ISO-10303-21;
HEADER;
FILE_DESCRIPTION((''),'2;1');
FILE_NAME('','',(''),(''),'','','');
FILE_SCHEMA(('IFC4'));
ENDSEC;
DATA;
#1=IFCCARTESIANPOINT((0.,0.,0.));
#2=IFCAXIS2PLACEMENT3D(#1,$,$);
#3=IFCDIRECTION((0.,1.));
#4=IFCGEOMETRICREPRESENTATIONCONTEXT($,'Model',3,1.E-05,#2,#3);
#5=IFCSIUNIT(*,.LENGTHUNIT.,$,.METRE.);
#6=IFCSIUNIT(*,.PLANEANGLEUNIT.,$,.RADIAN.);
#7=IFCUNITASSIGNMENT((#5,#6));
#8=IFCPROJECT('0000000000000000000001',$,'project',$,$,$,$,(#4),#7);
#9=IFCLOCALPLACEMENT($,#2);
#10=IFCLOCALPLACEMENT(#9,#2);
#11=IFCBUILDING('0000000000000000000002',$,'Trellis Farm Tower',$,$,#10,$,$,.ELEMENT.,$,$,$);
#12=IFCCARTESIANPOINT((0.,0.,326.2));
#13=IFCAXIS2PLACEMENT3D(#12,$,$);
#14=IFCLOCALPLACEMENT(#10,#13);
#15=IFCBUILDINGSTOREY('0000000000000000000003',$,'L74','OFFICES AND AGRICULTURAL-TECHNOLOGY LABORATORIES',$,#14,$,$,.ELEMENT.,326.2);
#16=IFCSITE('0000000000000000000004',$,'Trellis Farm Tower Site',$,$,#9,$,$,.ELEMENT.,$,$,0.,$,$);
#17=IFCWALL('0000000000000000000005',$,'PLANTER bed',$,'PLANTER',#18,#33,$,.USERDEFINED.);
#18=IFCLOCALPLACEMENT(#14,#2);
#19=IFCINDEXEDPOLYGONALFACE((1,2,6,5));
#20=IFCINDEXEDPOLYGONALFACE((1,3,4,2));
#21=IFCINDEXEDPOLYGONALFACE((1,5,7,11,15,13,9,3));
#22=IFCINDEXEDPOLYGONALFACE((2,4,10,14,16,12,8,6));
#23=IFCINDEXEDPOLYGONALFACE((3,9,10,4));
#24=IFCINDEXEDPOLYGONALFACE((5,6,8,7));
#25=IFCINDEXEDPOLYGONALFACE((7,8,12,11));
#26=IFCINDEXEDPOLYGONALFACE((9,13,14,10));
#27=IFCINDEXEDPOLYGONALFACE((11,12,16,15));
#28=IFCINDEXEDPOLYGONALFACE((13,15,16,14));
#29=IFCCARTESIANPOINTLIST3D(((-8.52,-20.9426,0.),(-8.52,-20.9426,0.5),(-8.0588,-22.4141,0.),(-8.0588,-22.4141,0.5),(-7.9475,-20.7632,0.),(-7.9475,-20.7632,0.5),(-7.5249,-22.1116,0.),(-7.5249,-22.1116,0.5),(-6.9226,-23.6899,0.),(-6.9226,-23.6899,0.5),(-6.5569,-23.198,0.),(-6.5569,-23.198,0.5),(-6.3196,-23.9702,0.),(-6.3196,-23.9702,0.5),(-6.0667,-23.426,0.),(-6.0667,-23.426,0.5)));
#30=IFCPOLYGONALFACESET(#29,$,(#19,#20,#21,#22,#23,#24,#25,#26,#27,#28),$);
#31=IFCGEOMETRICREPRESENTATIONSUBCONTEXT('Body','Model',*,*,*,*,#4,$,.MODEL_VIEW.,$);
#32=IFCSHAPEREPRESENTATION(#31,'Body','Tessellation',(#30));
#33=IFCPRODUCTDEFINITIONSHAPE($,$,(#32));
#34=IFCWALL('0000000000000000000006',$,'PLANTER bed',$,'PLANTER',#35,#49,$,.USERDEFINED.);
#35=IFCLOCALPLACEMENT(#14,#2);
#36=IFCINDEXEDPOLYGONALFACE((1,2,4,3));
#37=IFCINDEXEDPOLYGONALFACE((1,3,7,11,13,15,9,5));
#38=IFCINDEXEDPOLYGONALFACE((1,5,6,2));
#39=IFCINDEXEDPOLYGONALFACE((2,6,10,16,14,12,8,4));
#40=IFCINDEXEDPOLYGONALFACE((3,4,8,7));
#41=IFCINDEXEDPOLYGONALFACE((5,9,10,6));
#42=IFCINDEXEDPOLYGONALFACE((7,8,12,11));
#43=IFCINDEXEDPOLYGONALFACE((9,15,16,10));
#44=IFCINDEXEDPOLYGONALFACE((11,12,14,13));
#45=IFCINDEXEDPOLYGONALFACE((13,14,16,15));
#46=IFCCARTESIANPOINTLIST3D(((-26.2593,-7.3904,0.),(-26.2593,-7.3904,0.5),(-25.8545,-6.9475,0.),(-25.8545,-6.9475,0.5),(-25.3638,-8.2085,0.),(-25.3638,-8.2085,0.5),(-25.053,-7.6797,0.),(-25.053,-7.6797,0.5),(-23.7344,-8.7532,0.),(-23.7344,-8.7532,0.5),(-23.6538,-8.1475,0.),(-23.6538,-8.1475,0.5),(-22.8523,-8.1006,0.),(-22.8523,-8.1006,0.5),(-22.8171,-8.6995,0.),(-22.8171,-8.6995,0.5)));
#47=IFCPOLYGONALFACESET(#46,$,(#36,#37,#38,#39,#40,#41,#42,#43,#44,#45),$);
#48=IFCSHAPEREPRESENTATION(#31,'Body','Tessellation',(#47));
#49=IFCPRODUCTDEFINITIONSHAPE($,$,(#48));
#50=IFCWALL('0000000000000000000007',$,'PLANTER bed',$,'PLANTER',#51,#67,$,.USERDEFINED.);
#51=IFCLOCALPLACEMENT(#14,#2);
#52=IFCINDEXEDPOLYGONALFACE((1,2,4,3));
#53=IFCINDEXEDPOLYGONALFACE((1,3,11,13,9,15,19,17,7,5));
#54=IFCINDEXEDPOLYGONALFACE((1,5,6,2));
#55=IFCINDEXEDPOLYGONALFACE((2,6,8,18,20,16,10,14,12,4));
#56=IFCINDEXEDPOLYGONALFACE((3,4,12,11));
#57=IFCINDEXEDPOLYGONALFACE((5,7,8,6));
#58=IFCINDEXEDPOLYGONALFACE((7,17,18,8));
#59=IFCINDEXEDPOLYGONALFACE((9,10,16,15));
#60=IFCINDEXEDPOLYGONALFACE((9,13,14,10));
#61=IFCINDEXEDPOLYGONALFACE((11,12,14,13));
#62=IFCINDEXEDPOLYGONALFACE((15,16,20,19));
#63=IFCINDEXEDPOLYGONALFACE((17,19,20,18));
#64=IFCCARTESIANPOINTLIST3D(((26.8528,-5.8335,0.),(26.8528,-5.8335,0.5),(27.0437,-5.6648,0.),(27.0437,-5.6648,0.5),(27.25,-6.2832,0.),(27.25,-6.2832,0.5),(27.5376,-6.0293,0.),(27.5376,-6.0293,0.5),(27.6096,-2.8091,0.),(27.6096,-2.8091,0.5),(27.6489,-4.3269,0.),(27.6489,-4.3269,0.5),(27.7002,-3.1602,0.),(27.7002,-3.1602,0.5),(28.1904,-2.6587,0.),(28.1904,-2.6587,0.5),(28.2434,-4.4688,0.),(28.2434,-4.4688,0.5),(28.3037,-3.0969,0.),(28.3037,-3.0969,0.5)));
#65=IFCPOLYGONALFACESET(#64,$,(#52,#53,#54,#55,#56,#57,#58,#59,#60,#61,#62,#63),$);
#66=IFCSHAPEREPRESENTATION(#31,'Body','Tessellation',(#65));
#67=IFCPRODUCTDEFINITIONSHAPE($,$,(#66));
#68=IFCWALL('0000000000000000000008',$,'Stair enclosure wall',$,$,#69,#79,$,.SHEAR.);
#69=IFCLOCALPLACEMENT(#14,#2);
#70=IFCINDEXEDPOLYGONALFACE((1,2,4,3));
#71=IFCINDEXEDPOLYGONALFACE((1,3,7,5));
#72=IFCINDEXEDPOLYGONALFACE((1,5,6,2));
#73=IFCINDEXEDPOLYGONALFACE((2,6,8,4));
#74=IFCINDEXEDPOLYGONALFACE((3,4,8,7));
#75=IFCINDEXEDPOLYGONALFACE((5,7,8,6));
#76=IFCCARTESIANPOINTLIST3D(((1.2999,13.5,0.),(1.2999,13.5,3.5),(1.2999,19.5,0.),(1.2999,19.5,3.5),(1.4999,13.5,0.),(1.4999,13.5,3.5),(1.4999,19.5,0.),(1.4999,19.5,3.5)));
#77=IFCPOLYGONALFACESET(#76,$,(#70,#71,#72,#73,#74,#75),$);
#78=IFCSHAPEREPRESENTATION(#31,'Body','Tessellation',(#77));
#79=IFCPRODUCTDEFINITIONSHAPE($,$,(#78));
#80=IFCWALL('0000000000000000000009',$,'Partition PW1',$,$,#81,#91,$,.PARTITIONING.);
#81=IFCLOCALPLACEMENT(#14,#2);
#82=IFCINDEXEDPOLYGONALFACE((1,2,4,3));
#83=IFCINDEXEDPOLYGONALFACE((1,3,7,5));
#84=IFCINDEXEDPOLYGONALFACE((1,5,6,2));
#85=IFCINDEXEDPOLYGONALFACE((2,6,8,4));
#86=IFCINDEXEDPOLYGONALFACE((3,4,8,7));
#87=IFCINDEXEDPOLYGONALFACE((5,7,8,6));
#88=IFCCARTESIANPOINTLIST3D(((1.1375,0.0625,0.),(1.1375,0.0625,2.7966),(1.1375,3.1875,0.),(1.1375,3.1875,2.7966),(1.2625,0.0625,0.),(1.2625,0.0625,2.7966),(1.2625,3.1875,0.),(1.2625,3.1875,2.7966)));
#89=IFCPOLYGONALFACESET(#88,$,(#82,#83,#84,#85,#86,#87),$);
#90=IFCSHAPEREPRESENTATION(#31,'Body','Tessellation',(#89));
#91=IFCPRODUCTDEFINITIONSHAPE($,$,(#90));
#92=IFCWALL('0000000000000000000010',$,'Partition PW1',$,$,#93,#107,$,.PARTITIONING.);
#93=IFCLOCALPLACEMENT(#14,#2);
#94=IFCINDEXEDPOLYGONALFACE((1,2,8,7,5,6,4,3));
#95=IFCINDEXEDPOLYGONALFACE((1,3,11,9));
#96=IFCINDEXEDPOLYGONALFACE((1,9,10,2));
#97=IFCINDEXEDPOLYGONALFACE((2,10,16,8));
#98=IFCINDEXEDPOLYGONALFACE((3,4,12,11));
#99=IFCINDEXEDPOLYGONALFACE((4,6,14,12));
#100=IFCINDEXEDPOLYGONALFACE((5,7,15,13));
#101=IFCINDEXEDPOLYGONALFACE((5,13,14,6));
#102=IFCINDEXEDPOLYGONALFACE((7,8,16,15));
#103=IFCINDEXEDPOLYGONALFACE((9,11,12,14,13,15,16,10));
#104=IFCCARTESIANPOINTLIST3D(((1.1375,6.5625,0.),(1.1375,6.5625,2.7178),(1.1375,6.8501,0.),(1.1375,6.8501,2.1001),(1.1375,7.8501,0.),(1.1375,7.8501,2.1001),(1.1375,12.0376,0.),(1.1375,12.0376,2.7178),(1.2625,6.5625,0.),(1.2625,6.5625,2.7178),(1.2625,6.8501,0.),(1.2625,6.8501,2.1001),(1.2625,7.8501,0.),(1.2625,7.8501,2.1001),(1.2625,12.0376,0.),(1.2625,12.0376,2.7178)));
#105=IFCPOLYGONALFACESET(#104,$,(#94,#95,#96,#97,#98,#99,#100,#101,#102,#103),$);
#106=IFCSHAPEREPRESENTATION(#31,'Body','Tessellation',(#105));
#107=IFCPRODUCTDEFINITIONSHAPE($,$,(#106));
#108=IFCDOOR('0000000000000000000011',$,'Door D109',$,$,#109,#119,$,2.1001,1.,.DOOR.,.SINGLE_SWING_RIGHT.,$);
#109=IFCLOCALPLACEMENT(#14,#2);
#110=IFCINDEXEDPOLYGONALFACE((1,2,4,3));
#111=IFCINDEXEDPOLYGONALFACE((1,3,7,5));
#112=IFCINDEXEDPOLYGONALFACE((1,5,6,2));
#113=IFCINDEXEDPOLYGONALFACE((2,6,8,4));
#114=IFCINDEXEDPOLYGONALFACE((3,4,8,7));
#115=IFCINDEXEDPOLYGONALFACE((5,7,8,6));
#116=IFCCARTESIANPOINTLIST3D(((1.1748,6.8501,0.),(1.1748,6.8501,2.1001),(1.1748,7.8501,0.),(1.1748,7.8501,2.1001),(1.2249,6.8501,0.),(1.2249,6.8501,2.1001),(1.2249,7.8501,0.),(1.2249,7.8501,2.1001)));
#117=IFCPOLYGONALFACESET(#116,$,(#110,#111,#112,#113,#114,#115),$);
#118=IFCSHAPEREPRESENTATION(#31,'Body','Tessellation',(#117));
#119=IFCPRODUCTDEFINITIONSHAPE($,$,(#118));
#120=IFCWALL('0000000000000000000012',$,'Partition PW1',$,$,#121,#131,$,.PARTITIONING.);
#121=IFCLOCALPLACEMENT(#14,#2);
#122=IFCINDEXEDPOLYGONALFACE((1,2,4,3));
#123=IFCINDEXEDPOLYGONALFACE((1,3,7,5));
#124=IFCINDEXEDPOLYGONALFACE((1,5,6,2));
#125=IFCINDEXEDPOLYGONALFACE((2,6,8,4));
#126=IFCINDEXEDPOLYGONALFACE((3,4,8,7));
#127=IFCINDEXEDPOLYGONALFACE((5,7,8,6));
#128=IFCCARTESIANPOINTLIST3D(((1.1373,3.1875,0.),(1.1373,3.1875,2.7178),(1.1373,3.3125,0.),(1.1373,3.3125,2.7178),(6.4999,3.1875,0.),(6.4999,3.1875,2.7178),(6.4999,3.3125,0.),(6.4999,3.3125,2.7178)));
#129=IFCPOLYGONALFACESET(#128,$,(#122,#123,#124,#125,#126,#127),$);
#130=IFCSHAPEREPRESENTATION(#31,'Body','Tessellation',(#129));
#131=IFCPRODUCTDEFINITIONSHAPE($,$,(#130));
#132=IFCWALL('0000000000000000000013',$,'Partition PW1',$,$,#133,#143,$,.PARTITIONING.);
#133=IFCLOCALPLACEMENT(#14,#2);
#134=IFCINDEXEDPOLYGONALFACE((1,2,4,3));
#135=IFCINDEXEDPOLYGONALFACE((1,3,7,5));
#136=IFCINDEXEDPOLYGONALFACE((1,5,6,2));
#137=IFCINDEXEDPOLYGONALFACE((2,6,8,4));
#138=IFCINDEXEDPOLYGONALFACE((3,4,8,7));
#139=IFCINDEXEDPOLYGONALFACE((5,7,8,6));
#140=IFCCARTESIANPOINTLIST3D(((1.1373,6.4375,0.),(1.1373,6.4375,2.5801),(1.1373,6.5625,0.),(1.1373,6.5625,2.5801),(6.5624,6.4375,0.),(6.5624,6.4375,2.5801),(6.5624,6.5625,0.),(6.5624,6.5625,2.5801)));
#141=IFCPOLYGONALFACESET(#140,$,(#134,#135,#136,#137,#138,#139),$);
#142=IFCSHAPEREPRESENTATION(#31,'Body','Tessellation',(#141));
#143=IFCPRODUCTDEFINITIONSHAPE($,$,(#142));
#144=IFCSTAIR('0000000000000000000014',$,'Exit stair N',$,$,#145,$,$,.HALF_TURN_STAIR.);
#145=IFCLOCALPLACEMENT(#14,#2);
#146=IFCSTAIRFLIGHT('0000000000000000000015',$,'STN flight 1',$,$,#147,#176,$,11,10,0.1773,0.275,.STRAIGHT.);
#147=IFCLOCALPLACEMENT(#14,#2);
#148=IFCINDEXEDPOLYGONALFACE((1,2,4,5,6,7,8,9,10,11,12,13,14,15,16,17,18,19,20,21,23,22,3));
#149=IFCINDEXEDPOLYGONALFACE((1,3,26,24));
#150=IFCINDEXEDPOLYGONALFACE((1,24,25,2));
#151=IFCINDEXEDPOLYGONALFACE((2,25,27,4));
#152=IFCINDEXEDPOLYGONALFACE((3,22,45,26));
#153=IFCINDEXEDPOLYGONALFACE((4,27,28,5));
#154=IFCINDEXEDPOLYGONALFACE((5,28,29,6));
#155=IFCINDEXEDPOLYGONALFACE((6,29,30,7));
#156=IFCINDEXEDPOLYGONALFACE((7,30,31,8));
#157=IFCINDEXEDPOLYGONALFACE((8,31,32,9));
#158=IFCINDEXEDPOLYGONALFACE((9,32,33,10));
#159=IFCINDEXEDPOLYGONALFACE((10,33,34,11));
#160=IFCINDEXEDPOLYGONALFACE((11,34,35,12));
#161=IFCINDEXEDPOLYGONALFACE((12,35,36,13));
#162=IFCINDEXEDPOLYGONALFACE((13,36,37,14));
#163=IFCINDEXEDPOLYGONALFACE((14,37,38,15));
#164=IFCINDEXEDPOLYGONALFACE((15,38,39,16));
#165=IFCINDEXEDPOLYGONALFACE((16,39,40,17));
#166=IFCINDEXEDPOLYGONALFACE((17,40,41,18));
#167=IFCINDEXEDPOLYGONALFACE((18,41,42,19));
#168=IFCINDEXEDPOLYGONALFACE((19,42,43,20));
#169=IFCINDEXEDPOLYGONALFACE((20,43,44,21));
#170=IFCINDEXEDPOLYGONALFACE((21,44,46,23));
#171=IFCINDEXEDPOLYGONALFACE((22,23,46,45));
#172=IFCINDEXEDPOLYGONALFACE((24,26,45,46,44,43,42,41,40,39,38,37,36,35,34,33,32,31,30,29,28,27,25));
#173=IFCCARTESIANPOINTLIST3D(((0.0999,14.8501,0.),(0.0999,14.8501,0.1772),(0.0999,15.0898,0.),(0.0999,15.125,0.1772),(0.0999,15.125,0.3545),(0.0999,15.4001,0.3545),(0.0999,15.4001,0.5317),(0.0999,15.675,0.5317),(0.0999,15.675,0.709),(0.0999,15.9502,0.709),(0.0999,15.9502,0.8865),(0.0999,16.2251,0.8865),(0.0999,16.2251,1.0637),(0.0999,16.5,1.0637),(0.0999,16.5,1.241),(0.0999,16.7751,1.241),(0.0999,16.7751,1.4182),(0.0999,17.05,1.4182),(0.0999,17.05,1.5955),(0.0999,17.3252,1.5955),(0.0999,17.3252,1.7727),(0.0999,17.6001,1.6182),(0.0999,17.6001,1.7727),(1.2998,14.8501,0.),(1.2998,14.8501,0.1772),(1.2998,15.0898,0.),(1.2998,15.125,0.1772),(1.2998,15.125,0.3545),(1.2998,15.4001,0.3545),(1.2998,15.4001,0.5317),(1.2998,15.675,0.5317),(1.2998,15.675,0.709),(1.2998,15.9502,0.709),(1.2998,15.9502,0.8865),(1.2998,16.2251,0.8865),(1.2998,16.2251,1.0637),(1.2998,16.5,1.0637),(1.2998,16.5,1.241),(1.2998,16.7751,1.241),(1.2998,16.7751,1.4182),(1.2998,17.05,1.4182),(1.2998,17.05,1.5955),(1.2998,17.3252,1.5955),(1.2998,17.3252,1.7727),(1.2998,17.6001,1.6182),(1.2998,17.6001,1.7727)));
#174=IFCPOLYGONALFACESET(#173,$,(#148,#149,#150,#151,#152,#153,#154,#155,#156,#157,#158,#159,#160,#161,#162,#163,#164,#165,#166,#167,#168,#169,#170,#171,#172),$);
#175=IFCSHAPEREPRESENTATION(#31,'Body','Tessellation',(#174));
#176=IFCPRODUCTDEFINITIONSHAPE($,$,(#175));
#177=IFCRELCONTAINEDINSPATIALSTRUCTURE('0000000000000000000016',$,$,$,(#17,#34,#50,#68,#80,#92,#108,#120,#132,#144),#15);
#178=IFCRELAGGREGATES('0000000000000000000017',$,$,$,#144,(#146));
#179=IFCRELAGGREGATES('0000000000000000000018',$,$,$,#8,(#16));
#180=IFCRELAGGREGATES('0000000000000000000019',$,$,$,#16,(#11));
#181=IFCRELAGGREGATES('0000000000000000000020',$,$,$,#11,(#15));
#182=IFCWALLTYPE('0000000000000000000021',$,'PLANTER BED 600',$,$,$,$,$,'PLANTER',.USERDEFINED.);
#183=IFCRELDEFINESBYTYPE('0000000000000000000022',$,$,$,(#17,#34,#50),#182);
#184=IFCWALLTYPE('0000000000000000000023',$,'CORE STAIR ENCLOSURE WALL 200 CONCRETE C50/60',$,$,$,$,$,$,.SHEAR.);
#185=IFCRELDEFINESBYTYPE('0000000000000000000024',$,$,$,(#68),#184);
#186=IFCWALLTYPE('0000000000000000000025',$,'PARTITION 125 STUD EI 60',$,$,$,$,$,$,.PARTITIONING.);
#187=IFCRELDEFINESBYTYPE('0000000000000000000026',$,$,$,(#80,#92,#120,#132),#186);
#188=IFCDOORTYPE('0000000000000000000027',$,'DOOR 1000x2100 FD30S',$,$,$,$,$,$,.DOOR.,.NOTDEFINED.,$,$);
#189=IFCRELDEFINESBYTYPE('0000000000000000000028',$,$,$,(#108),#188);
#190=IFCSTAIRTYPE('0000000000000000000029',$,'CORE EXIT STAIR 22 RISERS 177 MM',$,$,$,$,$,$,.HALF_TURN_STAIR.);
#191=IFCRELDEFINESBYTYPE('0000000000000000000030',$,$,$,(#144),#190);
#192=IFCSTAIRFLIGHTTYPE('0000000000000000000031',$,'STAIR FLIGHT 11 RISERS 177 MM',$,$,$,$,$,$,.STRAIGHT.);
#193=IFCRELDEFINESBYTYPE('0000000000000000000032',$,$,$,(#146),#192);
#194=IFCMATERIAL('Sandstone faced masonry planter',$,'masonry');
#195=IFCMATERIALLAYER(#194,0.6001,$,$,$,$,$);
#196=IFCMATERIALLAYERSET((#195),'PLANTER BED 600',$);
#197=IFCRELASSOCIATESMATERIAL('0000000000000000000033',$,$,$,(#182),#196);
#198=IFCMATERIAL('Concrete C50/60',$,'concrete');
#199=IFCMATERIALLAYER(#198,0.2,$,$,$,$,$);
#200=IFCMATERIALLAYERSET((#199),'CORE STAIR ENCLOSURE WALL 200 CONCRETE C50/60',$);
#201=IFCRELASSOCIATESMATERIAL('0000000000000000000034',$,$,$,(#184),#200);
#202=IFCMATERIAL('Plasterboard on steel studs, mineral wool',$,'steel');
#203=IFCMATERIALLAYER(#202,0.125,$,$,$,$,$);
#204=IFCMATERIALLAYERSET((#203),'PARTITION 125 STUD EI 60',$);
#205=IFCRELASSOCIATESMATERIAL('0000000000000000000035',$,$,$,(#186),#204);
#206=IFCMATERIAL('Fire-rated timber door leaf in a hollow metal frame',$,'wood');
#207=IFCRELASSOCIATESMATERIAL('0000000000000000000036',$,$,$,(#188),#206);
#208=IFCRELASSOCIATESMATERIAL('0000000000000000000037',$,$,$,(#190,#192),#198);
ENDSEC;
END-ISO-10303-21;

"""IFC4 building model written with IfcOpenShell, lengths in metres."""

from ifc_helpers import new_model, si_unit, direction, frame, frame_2d, origin, place, context, subcontext, project, spatial, polyline, rectangle, outline, extrude, source, transform, mapped, material, layer, layer_set, type_object, element, fill, aggregate, save


model = new_model("IFC4")

# Units and contexts
model_context = context("Model", 3, precision=1e-05, world=origin(), true_north=direction((0.0, 1.0)))
body_context = subcontext(model_context, "Body", "Model", "MODEL_VIEW")
ifc_project = project(units=[si_unit("LENGTHUNIT", "METRE"), si_unit("PLANEANGLEUNIT", "RADIAN")], contexts=[model_context])

# Site, building, storey
site_placement = place(None, origin())
site = spatial("IfcSite", under=ifc_project, at=site_placement, Name="Trellis Farm Tower Site", CompositionType="ELEMENT", RefElevation=0.0)
building_placement = place(site_placement, origin())
building = spatial("IfcBuilding", under=site, at=building_placement, Name="Trellis Farm Tower", CompositionType="ELEMENT")
storey_placement = place(building_placement, frame((0.0, 0.0, 326.2)))
storey = spatial("IfcBuildingStorey", under=building, at=storey_placement, Name="L74", Description="OFFICES AND AGRICULTURAL-TECHNOLOGY LABORATORIES", CompositionType="ELEMENT", Elevation=326.2)

# Shared definitions
placement_1 = place(storey_placement, origin())

# Walls
ifc_material_1 = material(Name="Sandstone faced masonry planter", Category="masonry")
ifc_layer_1 = layer(ifc_material_1, 0.6001)
ifc_layer_set_1 = layer_set([ifc_layer_1], Name="PLANTER BED 600")
wall_type_1 = type_object("IfcWallType", Name="PLANTER BED 600", ElementType="PLANTER", PredefinedType="USERDEFINED", material=ifc_layer_set_1)
element("IfcWall", 1, at=placement_1, inside=storey, type_object=wall_type_1, Name="PLANTER bed", ObjectType="PLANTER", PredefinedType="USERDEFINED", context=body_context, shape_type="SweptSolid", body=[
    extrude(outline(polyline([(-6.9226, -23.6899), (-8.0588, -22.4141), (-8.52, -20.9426), (-7.9475, -20.7632), (-7.5249, -22.1116), (-6.5569, -23.198), (-6.0667, -23.426), (-6.3196, -23.9702), (-6.9226, -23.6899)])), origin(), (0.0, 0.0, 1.0), 0.5),
])
element("IfcWall", 2, at=placement_1, inside=storey, type_object=wall_type_1, Name="PLANTER bed", ObjectType="PLANTER", PredefinedType="USERDEFINED", context=body_context, shape_type="SweptSolid", body=[
    extrude(outline(polyline([(-25.3638, -8.2085), (-26.2593, -7.3904), (-25.8545, -6.9475), (-25.053, -7.6797), (-23.6538, -8.1475), (-22.8523, -8.1006), (-22.8171, -8.6995), (-23.7344, -8.7532), (-25.3638, -8.2085)])), origin(), (0.0, 0.0, 1.0), 0.5),
])
element("IfcWall", 3, at=placement_1, inside=storey, type_object=wall_type_1, Name="PLANTER bed", ObjectType="PLANTER", PredefinedType="USERDEFINED", context=body_context, shape_type="SweptSolid", body=[
    extrude(outline(polyline([(28.2434, -4.4688), (27.5376, -6.0293), (27.25, -6.2832), (26.8528, -5.8335), (27.0437, -5.6648), (27.6489, -4.3269), (27.7002, -3.1602), (27.6096, -2.8091), (28.1904, -2.6587), (28.3037, -3.0969), (28.2434, -4.4688)])), origin(), (0.0, 0.0, 1.0), 0.5),
])
ifc_material_2 = material(Name="Concrete C50/60", Category="concrete")
ifc_layer_2 = layer(ifc_material_2, 0.2)
ifc_layer_set_2 = layer_set([ifc_layer_2], Name="CORE STAIR ENCLOSURE WALL 200 CONCRETE C50/60")
wall_type_2 = type_object("IfcWallType", Name="CORE STAIR ENCLOSURE WALL 200 CONCRETE C50/60", PredefinedType="SHEAR", material=ifc_layer_set_2)
shared_shape_1 = source(origin(), body_context, "Body", "SweptSolid", [
    extrude(rectangle(XDim=6.0, YDim=0.2, at=frame_2d((3.0, 0.0))), origin(), (0.0, 0.0, 1.0), 3.5),
])
wall_1_placement = place(storey_placement, frame((1.3999, 13.5, 0.0), z_axis=(0.0, 0.0, 1.0), x_axis=(0.0, 1.0, 0.0)))
element("IfcWall", 4, at=wall_1_placement, inside=storey, type_object=wall_type_2, Name="Stair enclosure wall", PredefinedType="SHEAR", context=body_context, shape_type="MappedRepresentation", body=[
    mapped(shared_shape_1, transform((0.0, 0.0, 0.0))),
])
ifc_material_3 = material(Name="Plasterboard on steel studs, mineral wool", Category="steel")
ifc_layer_3 = layer(ifc_material_3, 0.125)
ifc_layer_set_3 = layer_set([ifc_layer_3], Name="PARTITION 125 STUD EI 60")
wall_type_3 = type_object("IfcWallType", Name="PARTITION 125 STUD EI 60", PredefinedType="PARTITIONING", material=ifc_layer_set_3)
shared_shape_2 = source(origin(), body_context, "Body", "SweptSolid", [
    extrude(rectangle(XDim=3.125, YDim=0.125, at=frame_2d((1.5625, 0.0))), origin(), (0.0, 0.0, 1.0), 2.7966),
])
wall_2_placement = place(storey_placement, frame((1.2, 3.1875, 0.0), z_axis=(0.0, 0.0, 1.0), x_axis=(0.0, -1.0, 0.0)))
element("IfcWall", 5, at=wall_2_placement, inside=storey, type_object=wall_type_3, Name="Partition PW1", PredefinedType="PARTITIONING", context=body_context, shape_type="MappedRepresentation", body=[
    mapped(shared_shape_2, transform((0.0, 0.0, 0.0))),
])

# Wall, opening, door
shared_shape_3 = source(origin(), body_context, "Body", "SweptSolid", [
    extrude(rectangle(XDim=5.4751, YDim=0.125, at=frame_2d((2.7375, 0.0))), origin(), (0.0, 0.0, 1.0), 2.7178),
])
wall_3_placement = place(storey_placement, frame((1.2, 12.0376, 0.0), z_axis=(0.0, 0.0, 1.0), x_axis=(0.0, -1.0, 0.0)))
wall_3 = element("IfcWall", 6, at=wall_3_placement, inside=storey, type_object=wall_type_3, Name="Partition PW1", PredefinedType="PARTITIONING", context=body_context, shape_type="MappedRepresentation", body=[
    mapped(shared_shape_3, transform((0.0, 0.0, 0.0))),
])
shared_shape_4 = source(origin(), body_context, "Body", "SweptSolid", [
    extrude(rectangle(XDim=1.0, YDim=2.1001, at=frame_2d((0.5, 1.05))), frame((0.0, 0.0725, 0.0), z_axis=(0.0, -1.0, 0.0), x_axis=(1.0, 0.0, 0.0)), (0.0, 0.0, 1.0), 0.145),
])
opening_placement = place(wall_3_placement, frame((4.1875, 0.0, 0.0)))
opening = element("IfcOpeningElement", 7, at=opening_placement, cuts=wall_3, PredefinedType="OPENING", context=body_context, shape_type="MappedRepresentation", body=[
    mapped(shared_shape_4, transform((0.0, 0.0, 0.0))),
])
ifc_material_4 = material(Name="Fire-rated timber door leaf in a hollow metal frame", Category="wood")
door_type = type_object("IfcDoorType", Name="DOOR 1000x2100 FD30S", OperationType="NOTDEFINED", PredefinedType="DOOR", material=ifc_material_4)
shared_shape_5 = source(origin(), body_context, "Body", "SweptSolid", [
    extrude(rectangle(XDim=1.0, YDim=2.1001, at=frame_2d((0.5, 1.05))), frame((0.0, 0.0249, 0.0), z_axis=(0.0, -1.0, 0.0), x_axis=(1.0, 0.0, 0.0)), (0.0, 0.0, 1.0), 0.05),
])
door_placement = place(opening_placement, origin())
door = element("IfcDoor", 8, at=door_placement, inside=storey, type_object=door_type, Name="Door D109", OperationType="SINGLE_SWING_RIGHT", OverallHeight=2.1001, OverallWidth=1.0, PredefinedType="DOOR", context=body_context, shape_type="MappedRepresentation", body=[
    mapped(shared_shape_5, transform((0.0, 0.0, 0.0))),
])
fill(opening, door)

# Walls
shared_shape_6 = source(origin(), body_context, "Body", "SweptSolid", [
    extrude(rectangle(XDim=5.3625, YDim=0.125, at=frame_2d((2.6812, 0.0))), origin(), (0.0, 0.0, 1.0), 2.7178),
])
wall_4_placement = place(storey_placement, frame((1.1375, 3.25, 0.0), z_axis=(0.0, 0.0, 1.0), x_axis=(1.0, 0.0, 0.0)))
element("IfcWall", 9, at=wall_4_placement, inside=storey, type_object=wall_type_3, Name="Partition PW1", PredefinedType="PARTITIONING", context=body_context, shape_type="MappedRepresentation", body=[
    mapped(shared_shape_6, transform((0.0, 0.0, 0.0))),
])
shared_shape_7 = source(origin(), body_context, "Body", "SweptSolid", [
    extrude(rectangle(XDim=5.425, YDim=0.125, at=frame_2d((2.7124, 0.0))), origin(), (0.0, 0.0, 1.0), 2.5801),
])
wall_5_placement = place(storey_placement, frame((1.1375, 6.5, 0.0), z_axis=(0.0, 0.0, 1.0), x_axis=(1.0, 0.0, 0.0)))
element("IfcWall", 10, at=wall_5_placement, inside=storey, type_object=wall_type_3, Name="Partition PW1", PredefinedType="PARTITIONING", context=body_context, shape_type="MappedRepresentation", body=[
    mapped(shared_shape_7, transform((0.0, 0.0, 0.0))),
])

# Stair, stair flight
stair_type = type_object("IfcStairType", Name="CORE EXIT STAIR 22 RISERS 177 MM", PredefinedType="HALF_TURN_STAIR", material=ifc_material_2)
stair = element("IfcStair", 11, at=placement_1, inside=storey, type_object=stair_type, Name="Exit stair N", PredefinedType="HALF_TURN_STAIR")
stair_flight_type = type_object("IfcStairFlightType", Name="STAIR FLIGHT 11 RISERS 177 MM", PredefinedType="STRAIGHT", material=ifc_material_2)
shared_shape_8 = source(origin(), body_context, "Body", "SweptSolid", [
    extrude(outline(polyline([(0.0, 0.0), (0.0, 0.1772), (0.2749, 0.1772), (0.2749, 0.3545), (0.55, 0.3545), (0.55, 0.5317), (0.825, 0.5317), (0.825, 0.709), (1.1001, 0.709), (1.1001, 0.8865), (1.375, 0.8865), (1.375, 1.0637), (1.6499, 1.0637), (1.6499, 1.241), (1.925, 1.241), (1.925, 1.4182), (2.2, 1.4182), (2.2, 1.5955), (2.4751, 1.5955), (2.4751, 1.7727), (2.75, 1.7727), (2.75, 1.95), (2.75, 1.6182), (0.2397, 0.0), (0.0, 0.0)])), frame((0.0, 0.6001, 0.0), z_axis=(0.0, -1.0, 0.0), x_axis=(1.0, 0.0, 0.0)), (0.0, 0.0, 1.0), 1.2),
])
stair_flight_placement = place(storey_placement, frame((0.7, 14.8501, 0.0), z_axis=(0.0, 0.0, 1.0), x_axis=(0.0, 1.0, 0.0)))
stair_flight = element("IfcStairFlight", 12, at=stair_flight_placement, type_object=stair_flight_type, Name="STN flight 1", NumberOfRisers=11, NumberOfTreads=10, PredefinedType="STRAIGHT", RiserHeight=0.1773, TreadLength=0.275, context=body_context, shape_type="MappedRepresentation", body=[
    mapped(shared_shape_8, transform((0.0, 0.0, 0.0))),
])
aggregate(stair, [stair_flight])

save(model, "model.ifc")
